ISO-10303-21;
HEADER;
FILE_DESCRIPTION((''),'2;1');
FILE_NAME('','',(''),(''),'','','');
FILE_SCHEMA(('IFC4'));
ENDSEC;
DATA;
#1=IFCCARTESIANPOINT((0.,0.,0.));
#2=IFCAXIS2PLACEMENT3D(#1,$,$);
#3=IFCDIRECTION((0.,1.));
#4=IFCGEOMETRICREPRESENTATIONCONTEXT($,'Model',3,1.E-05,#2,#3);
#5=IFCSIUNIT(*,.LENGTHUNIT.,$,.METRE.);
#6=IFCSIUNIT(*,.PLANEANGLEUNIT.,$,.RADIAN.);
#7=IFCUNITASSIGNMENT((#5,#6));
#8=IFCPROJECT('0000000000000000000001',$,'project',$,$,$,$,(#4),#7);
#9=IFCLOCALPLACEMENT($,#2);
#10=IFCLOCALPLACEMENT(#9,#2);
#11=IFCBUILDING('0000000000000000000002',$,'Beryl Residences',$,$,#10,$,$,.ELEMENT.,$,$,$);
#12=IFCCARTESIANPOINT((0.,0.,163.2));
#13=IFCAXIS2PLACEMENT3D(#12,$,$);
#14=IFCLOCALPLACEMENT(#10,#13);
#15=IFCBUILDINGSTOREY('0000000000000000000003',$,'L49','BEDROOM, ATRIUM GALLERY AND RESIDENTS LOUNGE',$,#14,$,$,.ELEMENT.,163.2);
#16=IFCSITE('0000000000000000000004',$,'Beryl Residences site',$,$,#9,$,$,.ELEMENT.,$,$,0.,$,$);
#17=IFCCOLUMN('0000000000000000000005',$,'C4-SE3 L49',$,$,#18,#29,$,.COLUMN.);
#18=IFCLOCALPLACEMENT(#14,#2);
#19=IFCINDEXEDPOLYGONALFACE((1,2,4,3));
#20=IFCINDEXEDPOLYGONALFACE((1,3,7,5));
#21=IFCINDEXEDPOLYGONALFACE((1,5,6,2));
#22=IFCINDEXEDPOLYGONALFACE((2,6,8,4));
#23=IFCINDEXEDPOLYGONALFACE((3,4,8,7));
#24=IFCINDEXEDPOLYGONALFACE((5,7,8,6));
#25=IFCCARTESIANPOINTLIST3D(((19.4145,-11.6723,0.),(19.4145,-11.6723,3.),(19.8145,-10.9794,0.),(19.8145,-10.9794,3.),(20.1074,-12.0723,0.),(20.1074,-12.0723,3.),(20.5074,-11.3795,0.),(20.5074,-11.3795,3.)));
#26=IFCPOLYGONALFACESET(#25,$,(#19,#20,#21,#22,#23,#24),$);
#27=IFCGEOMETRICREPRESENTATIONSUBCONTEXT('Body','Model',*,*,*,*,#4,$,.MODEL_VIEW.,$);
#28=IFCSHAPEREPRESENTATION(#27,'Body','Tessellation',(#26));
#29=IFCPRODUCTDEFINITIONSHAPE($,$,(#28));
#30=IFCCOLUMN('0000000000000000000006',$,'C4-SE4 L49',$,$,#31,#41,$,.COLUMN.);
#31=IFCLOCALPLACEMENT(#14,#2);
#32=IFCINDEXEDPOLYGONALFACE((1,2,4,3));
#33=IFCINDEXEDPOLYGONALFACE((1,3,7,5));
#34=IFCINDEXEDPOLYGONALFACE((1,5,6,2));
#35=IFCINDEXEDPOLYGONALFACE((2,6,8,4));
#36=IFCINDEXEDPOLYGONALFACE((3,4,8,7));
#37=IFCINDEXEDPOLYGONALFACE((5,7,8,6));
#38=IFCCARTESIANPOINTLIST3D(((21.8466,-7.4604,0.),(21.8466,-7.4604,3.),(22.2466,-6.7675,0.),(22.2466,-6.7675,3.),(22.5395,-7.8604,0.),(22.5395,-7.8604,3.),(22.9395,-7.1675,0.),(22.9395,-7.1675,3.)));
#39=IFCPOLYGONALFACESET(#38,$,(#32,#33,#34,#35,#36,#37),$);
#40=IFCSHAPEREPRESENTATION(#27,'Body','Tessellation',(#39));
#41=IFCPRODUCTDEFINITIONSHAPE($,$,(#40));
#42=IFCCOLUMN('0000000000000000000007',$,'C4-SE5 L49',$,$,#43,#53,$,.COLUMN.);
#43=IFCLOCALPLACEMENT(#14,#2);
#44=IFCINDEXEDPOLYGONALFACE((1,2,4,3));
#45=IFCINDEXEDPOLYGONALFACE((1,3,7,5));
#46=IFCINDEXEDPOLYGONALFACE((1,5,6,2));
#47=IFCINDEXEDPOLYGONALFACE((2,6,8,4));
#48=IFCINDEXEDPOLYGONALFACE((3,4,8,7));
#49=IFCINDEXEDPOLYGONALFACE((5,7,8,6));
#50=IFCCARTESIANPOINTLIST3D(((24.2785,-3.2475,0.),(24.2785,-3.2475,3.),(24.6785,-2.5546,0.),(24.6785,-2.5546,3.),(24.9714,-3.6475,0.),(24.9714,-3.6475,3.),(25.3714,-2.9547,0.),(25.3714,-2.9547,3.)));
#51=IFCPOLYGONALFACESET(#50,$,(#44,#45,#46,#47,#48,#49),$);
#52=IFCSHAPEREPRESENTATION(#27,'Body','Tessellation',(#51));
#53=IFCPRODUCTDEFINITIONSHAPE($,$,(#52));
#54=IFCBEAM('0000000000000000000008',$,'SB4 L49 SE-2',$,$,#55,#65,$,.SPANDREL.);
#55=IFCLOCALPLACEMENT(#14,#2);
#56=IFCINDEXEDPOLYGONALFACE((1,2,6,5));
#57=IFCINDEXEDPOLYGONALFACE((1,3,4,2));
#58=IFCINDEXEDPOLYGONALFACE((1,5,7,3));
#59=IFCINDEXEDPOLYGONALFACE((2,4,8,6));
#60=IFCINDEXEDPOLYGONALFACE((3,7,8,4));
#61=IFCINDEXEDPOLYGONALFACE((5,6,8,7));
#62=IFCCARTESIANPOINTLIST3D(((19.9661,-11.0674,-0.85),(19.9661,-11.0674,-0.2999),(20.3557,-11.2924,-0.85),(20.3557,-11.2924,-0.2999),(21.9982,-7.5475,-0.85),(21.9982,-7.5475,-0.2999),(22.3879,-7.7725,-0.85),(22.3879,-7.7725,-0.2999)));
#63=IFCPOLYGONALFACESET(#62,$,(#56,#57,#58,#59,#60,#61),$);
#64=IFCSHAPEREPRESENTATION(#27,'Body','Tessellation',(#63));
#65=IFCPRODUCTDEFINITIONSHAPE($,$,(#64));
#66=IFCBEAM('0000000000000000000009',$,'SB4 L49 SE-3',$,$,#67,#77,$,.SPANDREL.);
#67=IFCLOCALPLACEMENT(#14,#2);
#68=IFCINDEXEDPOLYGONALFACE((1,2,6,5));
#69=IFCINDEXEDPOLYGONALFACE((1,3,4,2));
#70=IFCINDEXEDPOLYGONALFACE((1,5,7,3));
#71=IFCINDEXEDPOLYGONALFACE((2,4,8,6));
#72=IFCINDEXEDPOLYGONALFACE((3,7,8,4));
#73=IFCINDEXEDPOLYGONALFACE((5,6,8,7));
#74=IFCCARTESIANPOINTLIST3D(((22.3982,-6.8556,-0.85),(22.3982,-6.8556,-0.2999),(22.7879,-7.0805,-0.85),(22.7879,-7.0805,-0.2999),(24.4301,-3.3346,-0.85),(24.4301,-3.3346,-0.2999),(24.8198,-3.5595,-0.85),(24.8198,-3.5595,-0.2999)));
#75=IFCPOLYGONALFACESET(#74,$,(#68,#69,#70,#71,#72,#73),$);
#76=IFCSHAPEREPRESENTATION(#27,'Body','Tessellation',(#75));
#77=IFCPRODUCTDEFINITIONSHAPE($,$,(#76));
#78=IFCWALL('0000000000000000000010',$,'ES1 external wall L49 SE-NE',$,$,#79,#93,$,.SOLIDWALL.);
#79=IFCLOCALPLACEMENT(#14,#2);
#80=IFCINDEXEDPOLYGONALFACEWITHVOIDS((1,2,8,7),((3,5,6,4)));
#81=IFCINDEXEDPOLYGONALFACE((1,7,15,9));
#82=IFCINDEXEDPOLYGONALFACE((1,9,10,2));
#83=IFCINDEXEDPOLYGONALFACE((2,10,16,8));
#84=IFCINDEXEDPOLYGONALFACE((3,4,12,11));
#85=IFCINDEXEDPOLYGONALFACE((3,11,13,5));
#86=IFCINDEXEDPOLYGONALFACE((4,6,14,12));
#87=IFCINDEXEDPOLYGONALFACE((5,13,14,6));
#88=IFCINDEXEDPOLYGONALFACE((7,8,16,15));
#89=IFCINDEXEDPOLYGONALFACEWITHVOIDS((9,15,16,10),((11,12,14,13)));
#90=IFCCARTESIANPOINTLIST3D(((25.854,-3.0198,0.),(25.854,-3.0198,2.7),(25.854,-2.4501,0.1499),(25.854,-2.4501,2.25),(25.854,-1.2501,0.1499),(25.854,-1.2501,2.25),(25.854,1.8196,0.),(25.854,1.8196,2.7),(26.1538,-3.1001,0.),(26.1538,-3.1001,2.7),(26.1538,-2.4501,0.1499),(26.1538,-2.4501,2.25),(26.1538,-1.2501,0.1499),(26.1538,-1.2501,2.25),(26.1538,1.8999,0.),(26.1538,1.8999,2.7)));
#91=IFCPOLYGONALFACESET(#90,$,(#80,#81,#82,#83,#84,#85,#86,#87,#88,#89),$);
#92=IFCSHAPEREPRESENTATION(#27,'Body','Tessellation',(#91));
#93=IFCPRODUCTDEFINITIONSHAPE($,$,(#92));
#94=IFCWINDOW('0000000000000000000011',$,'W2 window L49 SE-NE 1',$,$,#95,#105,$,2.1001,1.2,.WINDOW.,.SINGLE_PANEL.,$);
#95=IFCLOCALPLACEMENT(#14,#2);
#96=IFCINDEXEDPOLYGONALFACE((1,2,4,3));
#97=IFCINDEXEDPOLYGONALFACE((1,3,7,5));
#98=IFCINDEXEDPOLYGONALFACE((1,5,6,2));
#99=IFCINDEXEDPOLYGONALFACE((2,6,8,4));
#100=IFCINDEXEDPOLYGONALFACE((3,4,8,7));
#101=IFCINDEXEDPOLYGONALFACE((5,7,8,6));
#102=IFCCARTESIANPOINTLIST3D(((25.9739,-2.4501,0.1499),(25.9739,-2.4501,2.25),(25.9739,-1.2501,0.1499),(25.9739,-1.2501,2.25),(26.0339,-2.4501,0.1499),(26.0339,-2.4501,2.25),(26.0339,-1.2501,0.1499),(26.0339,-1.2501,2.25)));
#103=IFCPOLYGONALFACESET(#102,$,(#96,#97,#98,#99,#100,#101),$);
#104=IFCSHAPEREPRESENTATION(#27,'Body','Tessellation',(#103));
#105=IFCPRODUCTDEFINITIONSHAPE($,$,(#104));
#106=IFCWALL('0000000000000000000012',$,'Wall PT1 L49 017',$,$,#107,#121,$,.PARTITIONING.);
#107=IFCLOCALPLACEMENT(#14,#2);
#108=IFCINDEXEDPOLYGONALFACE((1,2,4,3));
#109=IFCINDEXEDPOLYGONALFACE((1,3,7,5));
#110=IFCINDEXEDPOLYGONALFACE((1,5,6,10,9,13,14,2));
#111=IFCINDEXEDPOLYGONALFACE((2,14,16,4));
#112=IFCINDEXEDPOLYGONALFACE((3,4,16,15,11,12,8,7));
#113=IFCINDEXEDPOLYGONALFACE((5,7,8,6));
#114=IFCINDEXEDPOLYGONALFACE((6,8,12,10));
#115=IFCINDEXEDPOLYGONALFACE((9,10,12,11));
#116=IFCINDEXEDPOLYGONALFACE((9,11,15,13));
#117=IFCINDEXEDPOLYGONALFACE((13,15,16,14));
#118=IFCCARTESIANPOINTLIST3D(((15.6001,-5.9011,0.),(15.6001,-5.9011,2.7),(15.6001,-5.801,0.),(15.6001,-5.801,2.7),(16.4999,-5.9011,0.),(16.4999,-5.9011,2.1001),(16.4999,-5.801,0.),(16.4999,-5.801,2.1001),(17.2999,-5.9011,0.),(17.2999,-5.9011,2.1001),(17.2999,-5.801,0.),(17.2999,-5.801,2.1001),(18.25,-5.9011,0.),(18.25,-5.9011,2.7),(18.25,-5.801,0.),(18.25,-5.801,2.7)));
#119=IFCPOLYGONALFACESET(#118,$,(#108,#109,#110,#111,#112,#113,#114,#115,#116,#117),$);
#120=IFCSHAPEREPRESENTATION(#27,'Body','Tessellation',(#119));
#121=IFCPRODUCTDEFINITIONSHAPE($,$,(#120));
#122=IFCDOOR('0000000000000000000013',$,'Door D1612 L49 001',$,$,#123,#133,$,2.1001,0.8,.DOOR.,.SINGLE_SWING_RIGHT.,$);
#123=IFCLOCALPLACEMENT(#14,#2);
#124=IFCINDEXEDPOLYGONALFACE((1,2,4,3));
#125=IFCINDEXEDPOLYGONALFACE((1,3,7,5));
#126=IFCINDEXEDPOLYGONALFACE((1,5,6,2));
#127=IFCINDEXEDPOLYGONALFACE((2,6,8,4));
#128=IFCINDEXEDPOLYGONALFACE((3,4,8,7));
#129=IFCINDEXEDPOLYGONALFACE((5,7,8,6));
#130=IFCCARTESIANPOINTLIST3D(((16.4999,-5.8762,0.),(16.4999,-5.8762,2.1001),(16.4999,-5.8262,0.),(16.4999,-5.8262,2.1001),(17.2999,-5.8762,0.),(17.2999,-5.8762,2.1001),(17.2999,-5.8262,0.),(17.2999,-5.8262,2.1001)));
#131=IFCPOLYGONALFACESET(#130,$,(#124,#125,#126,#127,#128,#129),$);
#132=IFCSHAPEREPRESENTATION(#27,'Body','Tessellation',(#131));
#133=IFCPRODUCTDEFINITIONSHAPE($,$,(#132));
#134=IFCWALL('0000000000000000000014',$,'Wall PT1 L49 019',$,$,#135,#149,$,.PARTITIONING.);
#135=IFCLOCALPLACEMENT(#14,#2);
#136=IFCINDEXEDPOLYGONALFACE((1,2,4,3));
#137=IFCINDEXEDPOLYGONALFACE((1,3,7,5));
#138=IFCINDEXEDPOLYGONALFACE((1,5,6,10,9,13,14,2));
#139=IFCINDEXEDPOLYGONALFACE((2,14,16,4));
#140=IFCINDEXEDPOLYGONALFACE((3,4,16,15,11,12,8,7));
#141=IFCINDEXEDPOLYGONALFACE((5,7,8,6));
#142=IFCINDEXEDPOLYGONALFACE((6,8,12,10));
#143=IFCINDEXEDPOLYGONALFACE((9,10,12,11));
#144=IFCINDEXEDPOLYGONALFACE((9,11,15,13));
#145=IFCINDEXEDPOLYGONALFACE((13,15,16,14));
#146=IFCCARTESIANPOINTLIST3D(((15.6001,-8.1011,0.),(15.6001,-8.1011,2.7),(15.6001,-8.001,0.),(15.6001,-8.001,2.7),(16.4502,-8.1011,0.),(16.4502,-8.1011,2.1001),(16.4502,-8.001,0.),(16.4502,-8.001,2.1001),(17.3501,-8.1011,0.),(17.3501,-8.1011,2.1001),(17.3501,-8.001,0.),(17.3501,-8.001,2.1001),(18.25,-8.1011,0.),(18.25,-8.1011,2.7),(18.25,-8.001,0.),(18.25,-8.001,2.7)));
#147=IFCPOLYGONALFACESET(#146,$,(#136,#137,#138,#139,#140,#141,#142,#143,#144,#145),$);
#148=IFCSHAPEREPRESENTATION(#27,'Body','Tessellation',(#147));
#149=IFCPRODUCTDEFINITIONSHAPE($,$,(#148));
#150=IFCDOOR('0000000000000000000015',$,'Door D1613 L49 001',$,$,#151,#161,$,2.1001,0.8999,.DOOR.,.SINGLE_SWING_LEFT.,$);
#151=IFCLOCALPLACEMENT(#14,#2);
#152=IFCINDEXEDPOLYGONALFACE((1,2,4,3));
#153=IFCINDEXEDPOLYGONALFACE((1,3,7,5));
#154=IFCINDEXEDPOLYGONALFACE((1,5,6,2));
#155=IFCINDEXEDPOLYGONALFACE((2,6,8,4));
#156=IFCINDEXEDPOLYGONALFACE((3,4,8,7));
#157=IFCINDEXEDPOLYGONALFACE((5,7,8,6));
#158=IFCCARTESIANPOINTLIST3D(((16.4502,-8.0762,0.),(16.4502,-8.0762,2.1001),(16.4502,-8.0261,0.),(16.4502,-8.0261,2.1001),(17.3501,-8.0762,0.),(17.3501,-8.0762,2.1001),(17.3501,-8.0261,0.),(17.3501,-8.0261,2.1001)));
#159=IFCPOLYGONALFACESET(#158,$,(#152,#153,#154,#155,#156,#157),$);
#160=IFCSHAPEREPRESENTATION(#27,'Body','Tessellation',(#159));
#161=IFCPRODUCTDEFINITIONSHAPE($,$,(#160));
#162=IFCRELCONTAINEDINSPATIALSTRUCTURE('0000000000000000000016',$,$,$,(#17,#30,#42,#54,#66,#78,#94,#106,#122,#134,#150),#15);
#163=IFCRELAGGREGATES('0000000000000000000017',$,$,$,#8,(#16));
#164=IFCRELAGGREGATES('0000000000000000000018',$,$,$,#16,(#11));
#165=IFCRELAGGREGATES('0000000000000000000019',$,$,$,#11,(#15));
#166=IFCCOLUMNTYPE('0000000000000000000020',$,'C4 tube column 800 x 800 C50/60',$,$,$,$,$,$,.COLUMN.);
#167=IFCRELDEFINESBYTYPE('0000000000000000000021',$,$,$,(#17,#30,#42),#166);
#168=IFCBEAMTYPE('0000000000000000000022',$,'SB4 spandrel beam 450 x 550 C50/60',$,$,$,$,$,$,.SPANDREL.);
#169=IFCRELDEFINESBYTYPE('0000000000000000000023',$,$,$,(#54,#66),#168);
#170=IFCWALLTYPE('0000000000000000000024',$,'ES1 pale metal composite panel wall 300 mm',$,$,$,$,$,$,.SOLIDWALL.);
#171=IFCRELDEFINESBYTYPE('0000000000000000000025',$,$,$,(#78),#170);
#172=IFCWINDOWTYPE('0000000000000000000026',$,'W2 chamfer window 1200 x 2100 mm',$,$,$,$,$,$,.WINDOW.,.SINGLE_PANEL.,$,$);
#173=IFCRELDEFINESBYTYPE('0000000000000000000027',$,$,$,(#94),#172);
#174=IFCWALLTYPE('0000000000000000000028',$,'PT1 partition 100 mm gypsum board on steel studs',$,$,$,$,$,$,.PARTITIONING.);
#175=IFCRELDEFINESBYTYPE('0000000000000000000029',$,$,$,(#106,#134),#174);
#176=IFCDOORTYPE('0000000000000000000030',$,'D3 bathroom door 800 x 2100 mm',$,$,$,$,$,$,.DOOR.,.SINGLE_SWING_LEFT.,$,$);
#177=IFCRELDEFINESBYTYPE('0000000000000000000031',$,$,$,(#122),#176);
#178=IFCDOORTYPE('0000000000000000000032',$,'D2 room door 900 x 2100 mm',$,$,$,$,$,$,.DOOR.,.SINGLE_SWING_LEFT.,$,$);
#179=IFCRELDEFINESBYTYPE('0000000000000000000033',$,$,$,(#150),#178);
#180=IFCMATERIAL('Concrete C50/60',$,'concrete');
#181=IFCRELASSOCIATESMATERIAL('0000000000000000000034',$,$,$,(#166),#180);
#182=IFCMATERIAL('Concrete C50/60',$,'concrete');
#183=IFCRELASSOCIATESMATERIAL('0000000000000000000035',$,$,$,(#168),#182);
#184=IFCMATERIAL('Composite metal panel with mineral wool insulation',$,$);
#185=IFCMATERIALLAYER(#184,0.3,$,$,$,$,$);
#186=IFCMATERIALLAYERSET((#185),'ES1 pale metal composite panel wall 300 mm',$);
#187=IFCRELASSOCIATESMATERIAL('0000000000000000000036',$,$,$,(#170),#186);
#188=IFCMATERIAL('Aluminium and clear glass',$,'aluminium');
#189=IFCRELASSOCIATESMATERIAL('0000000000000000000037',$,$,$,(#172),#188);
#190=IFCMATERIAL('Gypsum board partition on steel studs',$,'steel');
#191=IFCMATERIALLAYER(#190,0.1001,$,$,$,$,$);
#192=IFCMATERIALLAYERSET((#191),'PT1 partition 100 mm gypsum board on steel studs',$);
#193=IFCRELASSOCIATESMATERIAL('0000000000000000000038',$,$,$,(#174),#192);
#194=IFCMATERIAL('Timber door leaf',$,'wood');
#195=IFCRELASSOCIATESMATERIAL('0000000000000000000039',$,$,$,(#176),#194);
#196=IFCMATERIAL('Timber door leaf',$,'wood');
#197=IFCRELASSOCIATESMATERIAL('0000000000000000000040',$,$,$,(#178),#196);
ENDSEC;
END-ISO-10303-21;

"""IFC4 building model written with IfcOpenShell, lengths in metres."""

from ifc_helpers import new_model, si_unit, direction, frame, frame_2d, origin, origin_2d, place, context, subcontext, project, spatial, polyline, rectangle, outline, extrude, material, layer, layer_set, material_profile, profile_set, type_object, element, fill, save


model = new_model("IFC4")

# Units and contexts
model_context = context("Model", 3, precision=1e-05, world=origin(), true_north=direction((0.0, 1.0)))
body_context = subcontext(model_context, "Body", "Model", "MODEL_VIEW")
ifc_project = project(units=[si_unit("LENGTHUNIT", "METRE"), si_unit("PLANEANGLEUNIT", "RADIAN")], contexts=[model_context])

# Site, building, storey
site_placement = place(None, origin())
site = spatial("IfcSite", under=ifc_project, at=site_placement, Name="Beryl Residences site", CompositionType="ELEMENT", RefElevation=0.0)
building_placement = place(site_placement, origin())
building = spatial("IfcBuilding", under=site, at=building_placement, Name="Beryl Residences", CompositionType="ELEMENT")
storey_placement = place(building_placement, frame((0.0, 0.0, 163.2)))
storey = spatial("IfcBuildingStorey", under=building, at=storey_placement, Name="L49", Description="BEDROOM, ATRIUM GALLERY AND RESIDENTS LOUNGE", CompositionType="ELEMENT", Elevation=163.2)

# Columns
ifc_material_1 = material(Name="Concrete C50/60", Category="concrete")
ifc_material_profile_1 = material_profile(ifc_material_1, rectangle(XDim=0.8, YDim=0.8, at=origin_2d()))
ifc_profile_set_1 = profile_set([ifc_material_profile_1], Name="Concrete C50/60")
column_type = type_object("IfcColumnType", Name="C4 tube column 800 x 800 C50/60", PredefinedType="COLUMN", material=ifc_profile_set_1)
for number, where, z_axis, x_axis, name in (
    (1, (19.9609, -11.5259, 0.0), (0.0, 0.0, 1.0), (0.5, 0.866025, 0.0), "C4-SE3 L49"),
    (2, (22.3931, -7.314, 0.0), (0.0, 0.0, 1.0), (0.5, 0.866025, 0.0), "C4-SE4 L49"),
    (3, (24.825, -3.1011, 0.0), (0.0, 0.0, 1.0), (0.5, 0.866025, 0.0), "C4-SE5 L49"),
):
    element("IfcColumn", number, at=place(storey_placement, frame(where, z_axis=z_axis, x_axis=x_axis)), inside=storey, type_object=column_type, Name=name, PredefinedType="COLUMN", context=body_context, shape_type="SweptSolid", body=[
        extrude(rectangle(XDim=0.8, YDim=0.8, at=origin_2d()), origin(), (0.0, 0.0, 1.0), 3.0),
    ])

# Beams
ifc_material_2 = material(Name="Concrete C50/60", Category="concrete")
ifc_material_profile_2 = material_profile(ifc_material_2, rectangle(XDim=0.45, YDim=0.55, at=origin_2d()))
ifc_profile_set_2 = profile_set([ifc_material_profile_2], Name="Concrete C50/60")
beam_type = type_object("IfcBeamType", Name="SB4 spandrel beam 450 x 550 C50/60", PredefinedType="SPANDREL", material=ifc_profile_set_2)
beam_1_placement = place(storey_placement, frame((20.1609, -11.1799, -0.575), z_axis=(0.499989, 0.866032, 0.0), x_axis=(-0.866032, 0.499989, 0.0)))
element("IfcBeam", 4, at=beam_1_placement, inside=storey, type_object=beam_type, Name="SB4 L49 SE-2", PredefinedType="SPANDREL", context=body_context, shape_type="SweptSolid", body=[
    extrude(rectangle(XDim=0.45, YDim=0.55, at=origin_2d()), origin(), (0.0, 0.0, 1.0), 4.0645),
])
beam_2_placement = place(storey_placement, frame((22.593, -6.968, -0.575), z_axis=(0.49984, 0.866118, 0.0), x_axis=(-0.866118, 0.49984, 0.0)))
element("IfcBeam", 5, at=beam_2_placement, inside=storey, type_object=beam_type, Name="SB4 L49 SE-3", PredefinedType="SPANDREL", context=body_context, shape_type="SweptSolid", body=[
    extrude(rectangle(XDim=0.45, YDim=0.55, at=origin_2d()), origin(), (0.0, 0.0, 1.0), 4.0652),
])

# Wall, opening, window
ifc_material_3 = material(Name="Composite metal panel with mineral wool insulation")
ifc_layer_1 = layer(ifc_material_3, 0.3)
ifc_layer_set_1 = layer_set([ifc_layer_1], Name="ES1 pale metal composite panel wall 300 mm")
wall_type_1 = type_object("IfcWallType", Name="ES1 pale metal composite panel wall 300 mm", PredefinedType="SOLIDWALL", material=ifc_layer_set_1)
wall_1_placement = place(storey_placement, frame((26.0039, -3.1001, 0.0), z_axis=(0.0, 0.0, 1.0), x_axis=(0.0, 1.0, 0.0)))
wall_1 = element("IfcWall", 6, at=wall_1_placement, inside=storey, type_object=wall_type_1, Name="ES1 external wall L49 SE-NE", PredefinedType="SOLIDWALL", context=body_context, shape_type="SweptSolid", body=[
    extrude(outline(polyline([(0.0, -0.1499), (5.0, -0.1499), (4.9197, 0.1499), (0.0803, 0.1499), (0.0, -0.1499)])), origin(), (0.0, 0.0, 1.0), 2.7),
])
opening_1_placement = place(wall_1_placement, frame((0.6499, 0.0, 0.1499)))
opening_1 = element("IfcOpeningElement", 7, at=opening_1_placement, cuts=wall_1, PredefinedType="OPENING", context=body_context, shape_type="SweptSolid", body=[
    extrude(rectangle(XDim=1.2, YDim=2.1001, at=frame_2d((0.6001, 1.05))), frame((0.0, 0.1599, 0.0), z_axis=(0.0, -1.0, 0.0), x_axis=(1.0, 0.0, 0.0)), (0.0, 0.0, 1.0), 0.3201),
])
ifc_material_4 = material(Name="Aluminium and clear glass", Category="aluminium")
window_type = type_object("IfcWindowType", Name="W2 chamfer window 1200 x 2100 mm", PartitioningType="SINGLE_PANEL", PredefinedType="WINDOW", material=ifc_material_4)
window_placement = place(opening_1_placement, origin())
window = element("IfcWindow", 8, at=window_placement, inside=storey, type_object=window_type, Name="W2 window L49 SE-NE 1", OverallHeight=2.1001, OverallWidth=1.2, PartitioningType="SINGLE_PANEL", PredefinedType="WINDOW", context=body_context, shape_type="SweptSolid", body=[
    extrude(rectangle(XDim=1.2, YDim=2.1001, at=frame_2d((0.6001, 1.05))), frame((0.0, 0.03, 0.0), z_axis=(0.0, -1.0, 0.0), x_axis=(1.0, 0.0, 0.0)), (0.0, 0.0, 1.0), 0.0601),
])
fill(opening_1, window)

# Walls, openings, doors
ifc_material_5 = material(Name="Gypsum board partition on steel studs", Category="steel")
ifc_layer_2 = layer(ifc_material_5, 0.1001)
ifc_layer_set_2 = layer_set([ifc_layer_2], Name="PT1 partition 100 mm gypsum board on steel studs")
wall_type_2 = type_object("IfcWallType", Name="PT1 partition 100 mm gypsum board on steel studs", PredefinedType="PARTITIONING", material=ifc_layer_set_2)
wall_2_placement = place(storey_placement, frame((15.6001, -5.8511, 0.0), z_axis=(0.0, 0.0, 1.0), x_axis=(1.0, 0.0, 0.0)))
wall_2 = element("IfcWall", 9, at=wall_2_placement, inside=storey, type_object=wall_type_2, Name="Wall PT1 L49 017", PredefinedType="PARTITIONING", context=body_context, shape_type="SweptSolid", body=[
    extrude(rectangle(XDim=2.6499, YDim=0.1001, at=frame_2d((1.325, 0.0))), origin(), (0.0, 0.0, 1.0), 2.7),
])
opening_2_placement = place(wall_2_placement, frame((0.8999, 0.0, 0.0)))
opening_2 = element("IfcOpeningElement", 10, at=opening_2_placement, cuts=wall_2, PredefinedType="OPENING", context=body_context, shape_type="SweptSolid", body=[
    extrude(rectangle(XDim=0.8, YDim=2.1001, at=frame_2d((0.3999, 1.05))), frame((0.0, 0.0601, 0.0), z_axis=(0.0, -1.0, 0.0), x_axis=(1.0, 0.0, 0.0)), (0.0, 0.0, 1.0), 0.1201),
])
ifc_material_6 = material(Name="Timber door leaf", Category="wood")
door_type_1 = type_object("IfcDoorType", Name="D3 bathroom door 800 x 2100 mm", OperationType="SINGLE_SWING_LEFT", PredefinedType="DOOR", material=ifc_material_6)
door_1_placement = place(opening_2_placement, origin())
door_1 = element("IfcDoor", 11, at=door_1_placement, inside=storey, type_object=door_type_1, Name="Door D1612 L49 001", OperationType="SINGLE_SWING_RIGHT", OverallHeight=2.1001, OverallWidth=0.8, PredefinedType="DOOR", context=body_context, shape_type="SweptSolid", body=[
    extrude(rectangle(XDim=0.8, YDim=2.1001, at=frame_2d((0.3999, 1.05))), frame((0.0, 0.0249, 0.0), z_axis=(0.0, -1.0, 0.0), x_axis=(1.0, 0.0, 0.0)), (0.0, 0.0, 1.0), 0.05),
])
fill(opening_2, door_1)
wall_3_placement = place(storey_placement, frame((15.6001, -8.051, 0.0), z_axis=(0.0, 0.0, 1.0), x_axis=(1.0, 0.0, 0.0)))
wall_3 = element("IfcWall", 12, at=wall_3_placement, inside=storey, type_object=wall_type_2, Name="Wall PT1 L49 019", PredefinedType="PARTITIONING", context=body_context, shape_type="SweptSolid", body=[
    extrude(rectangle(XDim=2.6499, YDim=0.1001, at=frame_2d((1.325, 0.0))), origin(), (0.0, 0.0, 1.0), 2.7),
])
opening_3_placement = place(wall_3_placement, frame((0.8501, 0.0, 0.0)))
opening_3 = element("IfcOpeningElement", 13, at=opening_3_placement, cuts=wall_3, PredefinedType="OPENING", context=body_context, shape_type="SweptSolid", body=[
    extrude(rectangle(XDim=0.8999, YDim=2.1001, at=frame_2d((0.45, 1.05))), frame((0.0, 0.0601, 0.0), z_axis=(0.0, -1.0, 0.0), x_axis=(1.0, 0.0, 0.0)), (0.0, 0.0, 1.0), 0.1201),
])
ifc_material_7 = material(Name="Timber door leaf", Category="wood")
door_type_2 = type_object("IfcDoorType", Name="D2 room door 900 x 2100 mm", OperationType="SINGLE_SWING_LEFT", PredefinedType="DOOR", material=ifc_material_7)
door_2_placement = place(opening_3_placement, origin())
door_2 = element("IfcDoor", 14, at=door_2_placement, inside=storey, type_object=door_type_2, Name="Door D1613 L49 001", OperationType="SINGLE_SWING_LEFT", OverallHeight=2.1001, OverallWidth=0.8999, PredefinedType="DOOR", context=body_context, shape_type="SweptSolid", body=[
    extrude(rectangle(XDim=0.8999, YDim=2.1001, at=frame_2d((0.45, 1.05))), frame((0.0, 0.0249, 0.0), z_axis=(0.0, -1.0, 0.0), x_axis=(1.0, 0.0, 0.0)), (0.0, 0.0, 1.0), 0.05),
])
fill(opening_3, door_2)

save(model, "model.ifc")
